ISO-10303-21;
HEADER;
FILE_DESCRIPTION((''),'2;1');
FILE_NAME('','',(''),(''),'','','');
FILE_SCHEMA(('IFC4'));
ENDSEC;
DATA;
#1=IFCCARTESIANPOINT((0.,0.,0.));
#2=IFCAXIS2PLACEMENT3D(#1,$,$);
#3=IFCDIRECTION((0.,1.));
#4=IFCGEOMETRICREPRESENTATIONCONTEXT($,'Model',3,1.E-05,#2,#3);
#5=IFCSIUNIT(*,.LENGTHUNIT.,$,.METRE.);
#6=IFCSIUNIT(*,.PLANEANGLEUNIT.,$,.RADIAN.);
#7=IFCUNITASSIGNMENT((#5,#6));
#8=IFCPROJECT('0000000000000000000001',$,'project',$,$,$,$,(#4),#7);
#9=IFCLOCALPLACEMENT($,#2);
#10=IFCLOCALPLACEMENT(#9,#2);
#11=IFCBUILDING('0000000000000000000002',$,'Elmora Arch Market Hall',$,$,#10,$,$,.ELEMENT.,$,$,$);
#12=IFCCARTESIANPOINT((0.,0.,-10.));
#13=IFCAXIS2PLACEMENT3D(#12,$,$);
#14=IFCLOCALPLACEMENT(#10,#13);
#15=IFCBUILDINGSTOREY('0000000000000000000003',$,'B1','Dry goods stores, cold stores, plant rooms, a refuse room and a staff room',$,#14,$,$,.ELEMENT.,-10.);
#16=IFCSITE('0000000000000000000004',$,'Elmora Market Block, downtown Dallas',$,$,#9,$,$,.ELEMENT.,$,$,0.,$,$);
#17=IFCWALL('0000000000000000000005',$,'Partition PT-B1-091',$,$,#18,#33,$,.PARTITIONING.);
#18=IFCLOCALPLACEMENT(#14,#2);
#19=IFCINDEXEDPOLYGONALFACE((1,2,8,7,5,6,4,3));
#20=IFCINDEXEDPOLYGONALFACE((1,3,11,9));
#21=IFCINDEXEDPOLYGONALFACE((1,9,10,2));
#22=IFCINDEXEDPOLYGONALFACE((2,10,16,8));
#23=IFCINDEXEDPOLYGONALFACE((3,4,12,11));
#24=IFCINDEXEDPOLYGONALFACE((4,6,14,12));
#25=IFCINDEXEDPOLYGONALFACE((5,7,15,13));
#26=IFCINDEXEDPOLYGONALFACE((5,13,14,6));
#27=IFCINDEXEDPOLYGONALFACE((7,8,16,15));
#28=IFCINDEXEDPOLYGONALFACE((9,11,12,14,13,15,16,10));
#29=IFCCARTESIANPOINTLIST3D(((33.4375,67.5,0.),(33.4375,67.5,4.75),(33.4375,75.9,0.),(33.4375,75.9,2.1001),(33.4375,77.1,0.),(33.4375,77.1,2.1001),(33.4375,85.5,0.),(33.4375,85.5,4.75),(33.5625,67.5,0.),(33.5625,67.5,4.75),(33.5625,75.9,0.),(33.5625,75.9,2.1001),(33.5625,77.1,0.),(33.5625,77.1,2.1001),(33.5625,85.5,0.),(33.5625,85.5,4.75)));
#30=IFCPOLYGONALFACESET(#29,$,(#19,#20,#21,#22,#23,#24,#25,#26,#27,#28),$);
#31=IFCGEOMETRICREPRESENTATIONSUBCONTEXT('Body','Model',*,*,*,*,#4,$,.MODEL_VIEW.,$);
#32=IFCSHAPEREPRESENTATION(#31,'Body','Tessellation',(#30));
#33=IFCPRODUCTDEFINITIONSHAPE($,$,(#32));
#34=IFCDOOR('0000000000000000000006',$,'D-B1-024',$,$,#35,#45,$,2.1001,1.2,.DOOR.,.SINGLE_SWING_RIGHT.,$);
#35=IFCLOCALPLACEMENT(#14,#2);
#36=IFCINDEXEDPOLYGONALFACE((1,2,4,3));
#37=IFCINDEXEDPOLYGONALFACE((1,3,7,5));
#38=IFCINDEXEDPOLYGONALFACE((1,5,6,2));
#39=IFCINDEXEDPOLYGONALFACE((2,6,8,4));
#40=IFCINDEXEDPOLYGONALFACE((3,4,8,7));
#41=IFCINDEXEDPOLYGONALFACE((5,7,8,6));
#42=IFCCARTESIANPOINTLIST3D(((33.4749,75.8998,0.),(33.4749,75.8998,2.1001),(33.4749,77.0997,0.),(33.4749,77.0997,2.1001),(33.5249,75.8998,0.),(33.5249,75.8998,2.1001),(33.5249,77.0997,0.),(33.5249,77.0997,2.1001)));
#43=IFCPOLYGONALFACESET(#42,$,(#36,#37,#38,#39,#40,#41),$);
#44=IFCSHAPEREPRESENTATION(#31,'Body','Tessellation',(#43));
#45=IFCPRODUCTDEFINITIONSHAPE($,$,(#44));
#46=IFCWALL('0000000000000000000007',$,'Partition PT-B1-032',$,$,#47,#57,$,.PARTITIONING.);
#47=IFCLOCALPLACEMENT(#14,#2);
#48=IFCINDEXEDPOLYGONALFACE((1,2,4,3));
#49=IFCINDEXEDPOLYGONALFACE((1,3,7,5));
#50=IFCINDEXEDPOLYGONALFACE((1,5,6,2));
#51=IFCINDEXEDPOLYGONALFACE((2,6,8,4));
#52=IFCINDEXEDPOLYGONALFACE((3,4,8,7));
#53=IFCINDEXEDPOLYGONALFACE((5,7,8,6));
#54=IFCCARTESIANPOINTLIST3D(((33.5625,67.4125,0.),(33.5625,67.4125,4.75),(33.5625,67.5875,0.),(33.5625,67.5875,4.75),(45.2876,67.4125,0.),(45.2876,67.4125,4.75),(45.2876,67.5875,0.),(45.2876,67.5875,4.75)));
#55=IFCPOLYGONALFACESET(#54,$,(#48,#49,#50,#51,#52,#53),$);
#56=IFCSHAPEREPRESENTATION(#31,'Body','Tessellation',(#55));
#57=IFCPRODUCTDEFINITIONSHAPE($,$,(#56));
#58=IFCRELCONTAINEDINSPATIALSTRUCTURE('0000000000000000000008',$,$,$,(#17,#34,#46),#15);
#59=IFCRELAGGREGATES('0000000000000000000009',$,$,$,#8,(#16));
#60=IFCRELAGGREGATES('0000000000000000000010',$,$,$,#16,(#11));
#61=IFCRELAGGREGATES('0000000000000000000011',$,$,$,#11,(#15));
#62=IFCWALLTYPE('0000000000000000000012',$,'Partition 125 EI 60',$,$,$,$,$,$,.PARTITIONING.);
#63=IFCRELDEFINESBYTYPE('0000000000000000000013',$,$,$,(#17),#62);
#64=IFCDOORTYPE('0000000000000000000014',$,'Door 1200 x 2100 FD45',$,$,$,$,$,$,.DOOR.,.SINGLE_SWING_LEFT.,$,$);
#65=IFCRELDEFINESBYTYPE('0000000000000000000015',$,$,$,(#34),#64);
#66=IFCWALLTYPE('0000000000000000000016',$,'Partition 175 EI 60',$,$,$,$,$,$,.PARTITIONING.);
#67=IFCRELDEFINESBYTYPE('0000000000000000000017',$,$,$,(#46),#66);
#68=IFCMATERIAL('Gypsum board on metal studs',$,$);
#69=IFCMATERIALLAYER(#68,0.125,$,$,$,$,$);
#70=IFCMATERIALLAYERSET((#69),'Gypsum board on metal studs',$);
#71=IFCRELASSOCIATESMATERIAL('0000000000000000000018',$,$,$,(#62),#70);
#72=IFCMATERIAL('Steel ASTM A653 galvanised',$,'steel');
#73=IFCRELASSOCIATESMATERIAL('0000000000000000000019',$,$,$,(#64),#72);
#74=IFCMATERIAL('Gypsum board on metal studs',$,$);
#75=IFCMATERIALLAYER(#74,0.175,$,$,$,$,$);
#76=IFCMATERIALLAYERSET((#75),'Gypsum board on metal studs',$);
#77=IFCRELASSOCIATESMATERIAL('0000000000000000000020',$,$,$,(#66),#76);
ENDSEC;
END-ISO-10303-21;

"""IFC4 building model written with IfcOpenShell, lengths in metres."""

from ifc_helpers import new_model, si_unit, direction, frame, frame_2d, origin, place, context, subcontext, project, spatial, rectangle, extrude, material, layer, layer_set, type_object, element, fill, save


model = new_model("IFC4")

# Units and contexts
model_context = context("Model", 3, precision=1e-05, world=origin(), true_north=direction((0.0, 1.0)))
body_context = subcontext(model_context, "Body", "Model", "MODEL_VIEW")
ifc_project = project(units=[si_unit("LENGTHUNIT", "METRE"), si_unit("PLANEANGLEUNIT", "RADIAN")], contexts=[model_context])

# Site, building, storey
site_placement = place(None, origin())
site = spatial("IfcSite", under=ifc_project, at=site_placement, Name="Elmora Market Block, downtown Dallas", CompositionType="ELEMENT", RefElevation=0.0)
building_placement = place(site_placement, origin())
building = spatial("IfcBuilding", under=site, at=building_placement, Name="Elmora Arch Market Hall", CompositionType="ELEMENT")
storey_placement = place(building_placement, frame((0.0, 0.0, -10.0)))
storey = spatial("IfcBuildingStorey", under=building, at=storey_placement, Name="B1", Description="Dry goods stores, cold stores, plant rooms, a refuse room and a staff room", CompositionType="ELEMENT", Elevation=-10.0)

# Wall, opening, door
ifc_material_1 = material(Name="Gypsum board on metal studs")
ifc_layer_1 = layer(ifc_material_1, 0.125)
ifc_layer_set_1 = layer_set([ifc_layer_1], Name="Gypsum board on metal studs")
wall_type_1 = type_object("IfcWallType", Name="Partition 125 EI 60", PredefinedType="PARTITIONING", material=ifc_layer_set_1)
ifc_material_2 = material(Name="Steel ASTM A653 galvanised", Category="steel")
door_type = type_object("IfcDoorType", Name="Door 1200 x 2100 FD45", OperationType="SINGLE_SWING_LEFT", PredefinedType="DOOR", material=ifc_material_2)
wall_1_placement = place(storey_placement, frame((33.5, 67.5, 0.0), z_axis=(0.0, 0.0, 1.0), x_axis=(0.0, 1.0, 0.0)))
wall_1 = element("IfcWall", 1, at=wall_1_placement, inside=storey, type_object=wall_type_1, Name="Partition PT-B1-091", PredefinedType="PARTITIONING", context=body_context, shape_type="SweptSolid", body=[
    extrude(rectangle(XDim=18.0, YDim=0.125, at=frame_2d((9.0, 0.0))), origin(), (0.0, 0.0, 1.0), 4.75),
])
opening_1_placement = place(wall_1_placement, frame((8.3999, 0.0, 0.0)))
opening_1 = element("IfcOpeningElement", 2, at=opening_1_placement, cuts=wall_1, PredefinedType="OPENING", context=body_context, shape_type="SweptSolid", body=[
    extrude(rectangle(XDim=1.2, YDim=2.1001, at=frame_2d((0.6001, 1.05))), frame((0.0, 0.0725, 0.0), z_axis=(0.0, -1.0, 0.0), x_axis=(1.0, 0.0, 0.0)), (0.0, 0.0, 1.0), 0.145),
])
door_1_placement = place(opening_1_placement, frame((1.2, 0.0, 0.0), z_axis=(0.0, 0.0, 1.0), x_axis=(-1.0, 0.0, 0.0)))
door_1 = element("IfcDoor", 3, at=door_1_placement, inside=storey, type_object=door_type, Name="D-B1-024", OperationType="SINGLE_SWING_RIGHT", OverallHeight=2.1001, OverallWidth=1.2, PredefinedType="DOOR", context=body_context, shape_type="SweptSolid", body=[
    extrude(rectangle(XDim=1.2, YDim=2.1001, at=frame_2d((0.6001, 1.05))), frame((0.0, 0.0249, 0.0), z_axis=(0.0, -1.0, 0.0), x_axis=(1.0, 0.0, 0.0)), (0.0, 0.0, 1.0), 0.05),
])
fill(opening_1, door_1)

# Wall
ifc_material_3 = material(Name="Gypsum board on metal studs")
ifc_layer_2 = layer(ifc_material_3, 0.175)
ifc_layer_set_2 = layer_set([ifc_layer_2], Name="Gypsum board on metal studs")
wall_type_2 = type_object("IfcWallType", Name="Partition 175 EI 60", PredefinedType="PARTITIONING", material=ifc_layer_set_2)
wall_2_placement = place(storey_placement, frame((33.5625, 67.5, 0.0), z_axis=(0.0, 0.0, 1.0), x_axis=(1.0, 0.0, 0.0)))
element("IfcWall", 4, at=wall_2_placement, inside=storey, type_object=wall_type_2, Name="Partition PT-B1-032", PredefinedType="PARTITIONING", context=body_context, shape_type="SweptSolid", body=[
    extrude(rectangle(XDim=11.7251, YDim=0.175, at=frame_2d((5.8625, 0.0))), origin(), (0.0, 0.0, 1.0), 4.75),
])

save(model, "model.ifc")
